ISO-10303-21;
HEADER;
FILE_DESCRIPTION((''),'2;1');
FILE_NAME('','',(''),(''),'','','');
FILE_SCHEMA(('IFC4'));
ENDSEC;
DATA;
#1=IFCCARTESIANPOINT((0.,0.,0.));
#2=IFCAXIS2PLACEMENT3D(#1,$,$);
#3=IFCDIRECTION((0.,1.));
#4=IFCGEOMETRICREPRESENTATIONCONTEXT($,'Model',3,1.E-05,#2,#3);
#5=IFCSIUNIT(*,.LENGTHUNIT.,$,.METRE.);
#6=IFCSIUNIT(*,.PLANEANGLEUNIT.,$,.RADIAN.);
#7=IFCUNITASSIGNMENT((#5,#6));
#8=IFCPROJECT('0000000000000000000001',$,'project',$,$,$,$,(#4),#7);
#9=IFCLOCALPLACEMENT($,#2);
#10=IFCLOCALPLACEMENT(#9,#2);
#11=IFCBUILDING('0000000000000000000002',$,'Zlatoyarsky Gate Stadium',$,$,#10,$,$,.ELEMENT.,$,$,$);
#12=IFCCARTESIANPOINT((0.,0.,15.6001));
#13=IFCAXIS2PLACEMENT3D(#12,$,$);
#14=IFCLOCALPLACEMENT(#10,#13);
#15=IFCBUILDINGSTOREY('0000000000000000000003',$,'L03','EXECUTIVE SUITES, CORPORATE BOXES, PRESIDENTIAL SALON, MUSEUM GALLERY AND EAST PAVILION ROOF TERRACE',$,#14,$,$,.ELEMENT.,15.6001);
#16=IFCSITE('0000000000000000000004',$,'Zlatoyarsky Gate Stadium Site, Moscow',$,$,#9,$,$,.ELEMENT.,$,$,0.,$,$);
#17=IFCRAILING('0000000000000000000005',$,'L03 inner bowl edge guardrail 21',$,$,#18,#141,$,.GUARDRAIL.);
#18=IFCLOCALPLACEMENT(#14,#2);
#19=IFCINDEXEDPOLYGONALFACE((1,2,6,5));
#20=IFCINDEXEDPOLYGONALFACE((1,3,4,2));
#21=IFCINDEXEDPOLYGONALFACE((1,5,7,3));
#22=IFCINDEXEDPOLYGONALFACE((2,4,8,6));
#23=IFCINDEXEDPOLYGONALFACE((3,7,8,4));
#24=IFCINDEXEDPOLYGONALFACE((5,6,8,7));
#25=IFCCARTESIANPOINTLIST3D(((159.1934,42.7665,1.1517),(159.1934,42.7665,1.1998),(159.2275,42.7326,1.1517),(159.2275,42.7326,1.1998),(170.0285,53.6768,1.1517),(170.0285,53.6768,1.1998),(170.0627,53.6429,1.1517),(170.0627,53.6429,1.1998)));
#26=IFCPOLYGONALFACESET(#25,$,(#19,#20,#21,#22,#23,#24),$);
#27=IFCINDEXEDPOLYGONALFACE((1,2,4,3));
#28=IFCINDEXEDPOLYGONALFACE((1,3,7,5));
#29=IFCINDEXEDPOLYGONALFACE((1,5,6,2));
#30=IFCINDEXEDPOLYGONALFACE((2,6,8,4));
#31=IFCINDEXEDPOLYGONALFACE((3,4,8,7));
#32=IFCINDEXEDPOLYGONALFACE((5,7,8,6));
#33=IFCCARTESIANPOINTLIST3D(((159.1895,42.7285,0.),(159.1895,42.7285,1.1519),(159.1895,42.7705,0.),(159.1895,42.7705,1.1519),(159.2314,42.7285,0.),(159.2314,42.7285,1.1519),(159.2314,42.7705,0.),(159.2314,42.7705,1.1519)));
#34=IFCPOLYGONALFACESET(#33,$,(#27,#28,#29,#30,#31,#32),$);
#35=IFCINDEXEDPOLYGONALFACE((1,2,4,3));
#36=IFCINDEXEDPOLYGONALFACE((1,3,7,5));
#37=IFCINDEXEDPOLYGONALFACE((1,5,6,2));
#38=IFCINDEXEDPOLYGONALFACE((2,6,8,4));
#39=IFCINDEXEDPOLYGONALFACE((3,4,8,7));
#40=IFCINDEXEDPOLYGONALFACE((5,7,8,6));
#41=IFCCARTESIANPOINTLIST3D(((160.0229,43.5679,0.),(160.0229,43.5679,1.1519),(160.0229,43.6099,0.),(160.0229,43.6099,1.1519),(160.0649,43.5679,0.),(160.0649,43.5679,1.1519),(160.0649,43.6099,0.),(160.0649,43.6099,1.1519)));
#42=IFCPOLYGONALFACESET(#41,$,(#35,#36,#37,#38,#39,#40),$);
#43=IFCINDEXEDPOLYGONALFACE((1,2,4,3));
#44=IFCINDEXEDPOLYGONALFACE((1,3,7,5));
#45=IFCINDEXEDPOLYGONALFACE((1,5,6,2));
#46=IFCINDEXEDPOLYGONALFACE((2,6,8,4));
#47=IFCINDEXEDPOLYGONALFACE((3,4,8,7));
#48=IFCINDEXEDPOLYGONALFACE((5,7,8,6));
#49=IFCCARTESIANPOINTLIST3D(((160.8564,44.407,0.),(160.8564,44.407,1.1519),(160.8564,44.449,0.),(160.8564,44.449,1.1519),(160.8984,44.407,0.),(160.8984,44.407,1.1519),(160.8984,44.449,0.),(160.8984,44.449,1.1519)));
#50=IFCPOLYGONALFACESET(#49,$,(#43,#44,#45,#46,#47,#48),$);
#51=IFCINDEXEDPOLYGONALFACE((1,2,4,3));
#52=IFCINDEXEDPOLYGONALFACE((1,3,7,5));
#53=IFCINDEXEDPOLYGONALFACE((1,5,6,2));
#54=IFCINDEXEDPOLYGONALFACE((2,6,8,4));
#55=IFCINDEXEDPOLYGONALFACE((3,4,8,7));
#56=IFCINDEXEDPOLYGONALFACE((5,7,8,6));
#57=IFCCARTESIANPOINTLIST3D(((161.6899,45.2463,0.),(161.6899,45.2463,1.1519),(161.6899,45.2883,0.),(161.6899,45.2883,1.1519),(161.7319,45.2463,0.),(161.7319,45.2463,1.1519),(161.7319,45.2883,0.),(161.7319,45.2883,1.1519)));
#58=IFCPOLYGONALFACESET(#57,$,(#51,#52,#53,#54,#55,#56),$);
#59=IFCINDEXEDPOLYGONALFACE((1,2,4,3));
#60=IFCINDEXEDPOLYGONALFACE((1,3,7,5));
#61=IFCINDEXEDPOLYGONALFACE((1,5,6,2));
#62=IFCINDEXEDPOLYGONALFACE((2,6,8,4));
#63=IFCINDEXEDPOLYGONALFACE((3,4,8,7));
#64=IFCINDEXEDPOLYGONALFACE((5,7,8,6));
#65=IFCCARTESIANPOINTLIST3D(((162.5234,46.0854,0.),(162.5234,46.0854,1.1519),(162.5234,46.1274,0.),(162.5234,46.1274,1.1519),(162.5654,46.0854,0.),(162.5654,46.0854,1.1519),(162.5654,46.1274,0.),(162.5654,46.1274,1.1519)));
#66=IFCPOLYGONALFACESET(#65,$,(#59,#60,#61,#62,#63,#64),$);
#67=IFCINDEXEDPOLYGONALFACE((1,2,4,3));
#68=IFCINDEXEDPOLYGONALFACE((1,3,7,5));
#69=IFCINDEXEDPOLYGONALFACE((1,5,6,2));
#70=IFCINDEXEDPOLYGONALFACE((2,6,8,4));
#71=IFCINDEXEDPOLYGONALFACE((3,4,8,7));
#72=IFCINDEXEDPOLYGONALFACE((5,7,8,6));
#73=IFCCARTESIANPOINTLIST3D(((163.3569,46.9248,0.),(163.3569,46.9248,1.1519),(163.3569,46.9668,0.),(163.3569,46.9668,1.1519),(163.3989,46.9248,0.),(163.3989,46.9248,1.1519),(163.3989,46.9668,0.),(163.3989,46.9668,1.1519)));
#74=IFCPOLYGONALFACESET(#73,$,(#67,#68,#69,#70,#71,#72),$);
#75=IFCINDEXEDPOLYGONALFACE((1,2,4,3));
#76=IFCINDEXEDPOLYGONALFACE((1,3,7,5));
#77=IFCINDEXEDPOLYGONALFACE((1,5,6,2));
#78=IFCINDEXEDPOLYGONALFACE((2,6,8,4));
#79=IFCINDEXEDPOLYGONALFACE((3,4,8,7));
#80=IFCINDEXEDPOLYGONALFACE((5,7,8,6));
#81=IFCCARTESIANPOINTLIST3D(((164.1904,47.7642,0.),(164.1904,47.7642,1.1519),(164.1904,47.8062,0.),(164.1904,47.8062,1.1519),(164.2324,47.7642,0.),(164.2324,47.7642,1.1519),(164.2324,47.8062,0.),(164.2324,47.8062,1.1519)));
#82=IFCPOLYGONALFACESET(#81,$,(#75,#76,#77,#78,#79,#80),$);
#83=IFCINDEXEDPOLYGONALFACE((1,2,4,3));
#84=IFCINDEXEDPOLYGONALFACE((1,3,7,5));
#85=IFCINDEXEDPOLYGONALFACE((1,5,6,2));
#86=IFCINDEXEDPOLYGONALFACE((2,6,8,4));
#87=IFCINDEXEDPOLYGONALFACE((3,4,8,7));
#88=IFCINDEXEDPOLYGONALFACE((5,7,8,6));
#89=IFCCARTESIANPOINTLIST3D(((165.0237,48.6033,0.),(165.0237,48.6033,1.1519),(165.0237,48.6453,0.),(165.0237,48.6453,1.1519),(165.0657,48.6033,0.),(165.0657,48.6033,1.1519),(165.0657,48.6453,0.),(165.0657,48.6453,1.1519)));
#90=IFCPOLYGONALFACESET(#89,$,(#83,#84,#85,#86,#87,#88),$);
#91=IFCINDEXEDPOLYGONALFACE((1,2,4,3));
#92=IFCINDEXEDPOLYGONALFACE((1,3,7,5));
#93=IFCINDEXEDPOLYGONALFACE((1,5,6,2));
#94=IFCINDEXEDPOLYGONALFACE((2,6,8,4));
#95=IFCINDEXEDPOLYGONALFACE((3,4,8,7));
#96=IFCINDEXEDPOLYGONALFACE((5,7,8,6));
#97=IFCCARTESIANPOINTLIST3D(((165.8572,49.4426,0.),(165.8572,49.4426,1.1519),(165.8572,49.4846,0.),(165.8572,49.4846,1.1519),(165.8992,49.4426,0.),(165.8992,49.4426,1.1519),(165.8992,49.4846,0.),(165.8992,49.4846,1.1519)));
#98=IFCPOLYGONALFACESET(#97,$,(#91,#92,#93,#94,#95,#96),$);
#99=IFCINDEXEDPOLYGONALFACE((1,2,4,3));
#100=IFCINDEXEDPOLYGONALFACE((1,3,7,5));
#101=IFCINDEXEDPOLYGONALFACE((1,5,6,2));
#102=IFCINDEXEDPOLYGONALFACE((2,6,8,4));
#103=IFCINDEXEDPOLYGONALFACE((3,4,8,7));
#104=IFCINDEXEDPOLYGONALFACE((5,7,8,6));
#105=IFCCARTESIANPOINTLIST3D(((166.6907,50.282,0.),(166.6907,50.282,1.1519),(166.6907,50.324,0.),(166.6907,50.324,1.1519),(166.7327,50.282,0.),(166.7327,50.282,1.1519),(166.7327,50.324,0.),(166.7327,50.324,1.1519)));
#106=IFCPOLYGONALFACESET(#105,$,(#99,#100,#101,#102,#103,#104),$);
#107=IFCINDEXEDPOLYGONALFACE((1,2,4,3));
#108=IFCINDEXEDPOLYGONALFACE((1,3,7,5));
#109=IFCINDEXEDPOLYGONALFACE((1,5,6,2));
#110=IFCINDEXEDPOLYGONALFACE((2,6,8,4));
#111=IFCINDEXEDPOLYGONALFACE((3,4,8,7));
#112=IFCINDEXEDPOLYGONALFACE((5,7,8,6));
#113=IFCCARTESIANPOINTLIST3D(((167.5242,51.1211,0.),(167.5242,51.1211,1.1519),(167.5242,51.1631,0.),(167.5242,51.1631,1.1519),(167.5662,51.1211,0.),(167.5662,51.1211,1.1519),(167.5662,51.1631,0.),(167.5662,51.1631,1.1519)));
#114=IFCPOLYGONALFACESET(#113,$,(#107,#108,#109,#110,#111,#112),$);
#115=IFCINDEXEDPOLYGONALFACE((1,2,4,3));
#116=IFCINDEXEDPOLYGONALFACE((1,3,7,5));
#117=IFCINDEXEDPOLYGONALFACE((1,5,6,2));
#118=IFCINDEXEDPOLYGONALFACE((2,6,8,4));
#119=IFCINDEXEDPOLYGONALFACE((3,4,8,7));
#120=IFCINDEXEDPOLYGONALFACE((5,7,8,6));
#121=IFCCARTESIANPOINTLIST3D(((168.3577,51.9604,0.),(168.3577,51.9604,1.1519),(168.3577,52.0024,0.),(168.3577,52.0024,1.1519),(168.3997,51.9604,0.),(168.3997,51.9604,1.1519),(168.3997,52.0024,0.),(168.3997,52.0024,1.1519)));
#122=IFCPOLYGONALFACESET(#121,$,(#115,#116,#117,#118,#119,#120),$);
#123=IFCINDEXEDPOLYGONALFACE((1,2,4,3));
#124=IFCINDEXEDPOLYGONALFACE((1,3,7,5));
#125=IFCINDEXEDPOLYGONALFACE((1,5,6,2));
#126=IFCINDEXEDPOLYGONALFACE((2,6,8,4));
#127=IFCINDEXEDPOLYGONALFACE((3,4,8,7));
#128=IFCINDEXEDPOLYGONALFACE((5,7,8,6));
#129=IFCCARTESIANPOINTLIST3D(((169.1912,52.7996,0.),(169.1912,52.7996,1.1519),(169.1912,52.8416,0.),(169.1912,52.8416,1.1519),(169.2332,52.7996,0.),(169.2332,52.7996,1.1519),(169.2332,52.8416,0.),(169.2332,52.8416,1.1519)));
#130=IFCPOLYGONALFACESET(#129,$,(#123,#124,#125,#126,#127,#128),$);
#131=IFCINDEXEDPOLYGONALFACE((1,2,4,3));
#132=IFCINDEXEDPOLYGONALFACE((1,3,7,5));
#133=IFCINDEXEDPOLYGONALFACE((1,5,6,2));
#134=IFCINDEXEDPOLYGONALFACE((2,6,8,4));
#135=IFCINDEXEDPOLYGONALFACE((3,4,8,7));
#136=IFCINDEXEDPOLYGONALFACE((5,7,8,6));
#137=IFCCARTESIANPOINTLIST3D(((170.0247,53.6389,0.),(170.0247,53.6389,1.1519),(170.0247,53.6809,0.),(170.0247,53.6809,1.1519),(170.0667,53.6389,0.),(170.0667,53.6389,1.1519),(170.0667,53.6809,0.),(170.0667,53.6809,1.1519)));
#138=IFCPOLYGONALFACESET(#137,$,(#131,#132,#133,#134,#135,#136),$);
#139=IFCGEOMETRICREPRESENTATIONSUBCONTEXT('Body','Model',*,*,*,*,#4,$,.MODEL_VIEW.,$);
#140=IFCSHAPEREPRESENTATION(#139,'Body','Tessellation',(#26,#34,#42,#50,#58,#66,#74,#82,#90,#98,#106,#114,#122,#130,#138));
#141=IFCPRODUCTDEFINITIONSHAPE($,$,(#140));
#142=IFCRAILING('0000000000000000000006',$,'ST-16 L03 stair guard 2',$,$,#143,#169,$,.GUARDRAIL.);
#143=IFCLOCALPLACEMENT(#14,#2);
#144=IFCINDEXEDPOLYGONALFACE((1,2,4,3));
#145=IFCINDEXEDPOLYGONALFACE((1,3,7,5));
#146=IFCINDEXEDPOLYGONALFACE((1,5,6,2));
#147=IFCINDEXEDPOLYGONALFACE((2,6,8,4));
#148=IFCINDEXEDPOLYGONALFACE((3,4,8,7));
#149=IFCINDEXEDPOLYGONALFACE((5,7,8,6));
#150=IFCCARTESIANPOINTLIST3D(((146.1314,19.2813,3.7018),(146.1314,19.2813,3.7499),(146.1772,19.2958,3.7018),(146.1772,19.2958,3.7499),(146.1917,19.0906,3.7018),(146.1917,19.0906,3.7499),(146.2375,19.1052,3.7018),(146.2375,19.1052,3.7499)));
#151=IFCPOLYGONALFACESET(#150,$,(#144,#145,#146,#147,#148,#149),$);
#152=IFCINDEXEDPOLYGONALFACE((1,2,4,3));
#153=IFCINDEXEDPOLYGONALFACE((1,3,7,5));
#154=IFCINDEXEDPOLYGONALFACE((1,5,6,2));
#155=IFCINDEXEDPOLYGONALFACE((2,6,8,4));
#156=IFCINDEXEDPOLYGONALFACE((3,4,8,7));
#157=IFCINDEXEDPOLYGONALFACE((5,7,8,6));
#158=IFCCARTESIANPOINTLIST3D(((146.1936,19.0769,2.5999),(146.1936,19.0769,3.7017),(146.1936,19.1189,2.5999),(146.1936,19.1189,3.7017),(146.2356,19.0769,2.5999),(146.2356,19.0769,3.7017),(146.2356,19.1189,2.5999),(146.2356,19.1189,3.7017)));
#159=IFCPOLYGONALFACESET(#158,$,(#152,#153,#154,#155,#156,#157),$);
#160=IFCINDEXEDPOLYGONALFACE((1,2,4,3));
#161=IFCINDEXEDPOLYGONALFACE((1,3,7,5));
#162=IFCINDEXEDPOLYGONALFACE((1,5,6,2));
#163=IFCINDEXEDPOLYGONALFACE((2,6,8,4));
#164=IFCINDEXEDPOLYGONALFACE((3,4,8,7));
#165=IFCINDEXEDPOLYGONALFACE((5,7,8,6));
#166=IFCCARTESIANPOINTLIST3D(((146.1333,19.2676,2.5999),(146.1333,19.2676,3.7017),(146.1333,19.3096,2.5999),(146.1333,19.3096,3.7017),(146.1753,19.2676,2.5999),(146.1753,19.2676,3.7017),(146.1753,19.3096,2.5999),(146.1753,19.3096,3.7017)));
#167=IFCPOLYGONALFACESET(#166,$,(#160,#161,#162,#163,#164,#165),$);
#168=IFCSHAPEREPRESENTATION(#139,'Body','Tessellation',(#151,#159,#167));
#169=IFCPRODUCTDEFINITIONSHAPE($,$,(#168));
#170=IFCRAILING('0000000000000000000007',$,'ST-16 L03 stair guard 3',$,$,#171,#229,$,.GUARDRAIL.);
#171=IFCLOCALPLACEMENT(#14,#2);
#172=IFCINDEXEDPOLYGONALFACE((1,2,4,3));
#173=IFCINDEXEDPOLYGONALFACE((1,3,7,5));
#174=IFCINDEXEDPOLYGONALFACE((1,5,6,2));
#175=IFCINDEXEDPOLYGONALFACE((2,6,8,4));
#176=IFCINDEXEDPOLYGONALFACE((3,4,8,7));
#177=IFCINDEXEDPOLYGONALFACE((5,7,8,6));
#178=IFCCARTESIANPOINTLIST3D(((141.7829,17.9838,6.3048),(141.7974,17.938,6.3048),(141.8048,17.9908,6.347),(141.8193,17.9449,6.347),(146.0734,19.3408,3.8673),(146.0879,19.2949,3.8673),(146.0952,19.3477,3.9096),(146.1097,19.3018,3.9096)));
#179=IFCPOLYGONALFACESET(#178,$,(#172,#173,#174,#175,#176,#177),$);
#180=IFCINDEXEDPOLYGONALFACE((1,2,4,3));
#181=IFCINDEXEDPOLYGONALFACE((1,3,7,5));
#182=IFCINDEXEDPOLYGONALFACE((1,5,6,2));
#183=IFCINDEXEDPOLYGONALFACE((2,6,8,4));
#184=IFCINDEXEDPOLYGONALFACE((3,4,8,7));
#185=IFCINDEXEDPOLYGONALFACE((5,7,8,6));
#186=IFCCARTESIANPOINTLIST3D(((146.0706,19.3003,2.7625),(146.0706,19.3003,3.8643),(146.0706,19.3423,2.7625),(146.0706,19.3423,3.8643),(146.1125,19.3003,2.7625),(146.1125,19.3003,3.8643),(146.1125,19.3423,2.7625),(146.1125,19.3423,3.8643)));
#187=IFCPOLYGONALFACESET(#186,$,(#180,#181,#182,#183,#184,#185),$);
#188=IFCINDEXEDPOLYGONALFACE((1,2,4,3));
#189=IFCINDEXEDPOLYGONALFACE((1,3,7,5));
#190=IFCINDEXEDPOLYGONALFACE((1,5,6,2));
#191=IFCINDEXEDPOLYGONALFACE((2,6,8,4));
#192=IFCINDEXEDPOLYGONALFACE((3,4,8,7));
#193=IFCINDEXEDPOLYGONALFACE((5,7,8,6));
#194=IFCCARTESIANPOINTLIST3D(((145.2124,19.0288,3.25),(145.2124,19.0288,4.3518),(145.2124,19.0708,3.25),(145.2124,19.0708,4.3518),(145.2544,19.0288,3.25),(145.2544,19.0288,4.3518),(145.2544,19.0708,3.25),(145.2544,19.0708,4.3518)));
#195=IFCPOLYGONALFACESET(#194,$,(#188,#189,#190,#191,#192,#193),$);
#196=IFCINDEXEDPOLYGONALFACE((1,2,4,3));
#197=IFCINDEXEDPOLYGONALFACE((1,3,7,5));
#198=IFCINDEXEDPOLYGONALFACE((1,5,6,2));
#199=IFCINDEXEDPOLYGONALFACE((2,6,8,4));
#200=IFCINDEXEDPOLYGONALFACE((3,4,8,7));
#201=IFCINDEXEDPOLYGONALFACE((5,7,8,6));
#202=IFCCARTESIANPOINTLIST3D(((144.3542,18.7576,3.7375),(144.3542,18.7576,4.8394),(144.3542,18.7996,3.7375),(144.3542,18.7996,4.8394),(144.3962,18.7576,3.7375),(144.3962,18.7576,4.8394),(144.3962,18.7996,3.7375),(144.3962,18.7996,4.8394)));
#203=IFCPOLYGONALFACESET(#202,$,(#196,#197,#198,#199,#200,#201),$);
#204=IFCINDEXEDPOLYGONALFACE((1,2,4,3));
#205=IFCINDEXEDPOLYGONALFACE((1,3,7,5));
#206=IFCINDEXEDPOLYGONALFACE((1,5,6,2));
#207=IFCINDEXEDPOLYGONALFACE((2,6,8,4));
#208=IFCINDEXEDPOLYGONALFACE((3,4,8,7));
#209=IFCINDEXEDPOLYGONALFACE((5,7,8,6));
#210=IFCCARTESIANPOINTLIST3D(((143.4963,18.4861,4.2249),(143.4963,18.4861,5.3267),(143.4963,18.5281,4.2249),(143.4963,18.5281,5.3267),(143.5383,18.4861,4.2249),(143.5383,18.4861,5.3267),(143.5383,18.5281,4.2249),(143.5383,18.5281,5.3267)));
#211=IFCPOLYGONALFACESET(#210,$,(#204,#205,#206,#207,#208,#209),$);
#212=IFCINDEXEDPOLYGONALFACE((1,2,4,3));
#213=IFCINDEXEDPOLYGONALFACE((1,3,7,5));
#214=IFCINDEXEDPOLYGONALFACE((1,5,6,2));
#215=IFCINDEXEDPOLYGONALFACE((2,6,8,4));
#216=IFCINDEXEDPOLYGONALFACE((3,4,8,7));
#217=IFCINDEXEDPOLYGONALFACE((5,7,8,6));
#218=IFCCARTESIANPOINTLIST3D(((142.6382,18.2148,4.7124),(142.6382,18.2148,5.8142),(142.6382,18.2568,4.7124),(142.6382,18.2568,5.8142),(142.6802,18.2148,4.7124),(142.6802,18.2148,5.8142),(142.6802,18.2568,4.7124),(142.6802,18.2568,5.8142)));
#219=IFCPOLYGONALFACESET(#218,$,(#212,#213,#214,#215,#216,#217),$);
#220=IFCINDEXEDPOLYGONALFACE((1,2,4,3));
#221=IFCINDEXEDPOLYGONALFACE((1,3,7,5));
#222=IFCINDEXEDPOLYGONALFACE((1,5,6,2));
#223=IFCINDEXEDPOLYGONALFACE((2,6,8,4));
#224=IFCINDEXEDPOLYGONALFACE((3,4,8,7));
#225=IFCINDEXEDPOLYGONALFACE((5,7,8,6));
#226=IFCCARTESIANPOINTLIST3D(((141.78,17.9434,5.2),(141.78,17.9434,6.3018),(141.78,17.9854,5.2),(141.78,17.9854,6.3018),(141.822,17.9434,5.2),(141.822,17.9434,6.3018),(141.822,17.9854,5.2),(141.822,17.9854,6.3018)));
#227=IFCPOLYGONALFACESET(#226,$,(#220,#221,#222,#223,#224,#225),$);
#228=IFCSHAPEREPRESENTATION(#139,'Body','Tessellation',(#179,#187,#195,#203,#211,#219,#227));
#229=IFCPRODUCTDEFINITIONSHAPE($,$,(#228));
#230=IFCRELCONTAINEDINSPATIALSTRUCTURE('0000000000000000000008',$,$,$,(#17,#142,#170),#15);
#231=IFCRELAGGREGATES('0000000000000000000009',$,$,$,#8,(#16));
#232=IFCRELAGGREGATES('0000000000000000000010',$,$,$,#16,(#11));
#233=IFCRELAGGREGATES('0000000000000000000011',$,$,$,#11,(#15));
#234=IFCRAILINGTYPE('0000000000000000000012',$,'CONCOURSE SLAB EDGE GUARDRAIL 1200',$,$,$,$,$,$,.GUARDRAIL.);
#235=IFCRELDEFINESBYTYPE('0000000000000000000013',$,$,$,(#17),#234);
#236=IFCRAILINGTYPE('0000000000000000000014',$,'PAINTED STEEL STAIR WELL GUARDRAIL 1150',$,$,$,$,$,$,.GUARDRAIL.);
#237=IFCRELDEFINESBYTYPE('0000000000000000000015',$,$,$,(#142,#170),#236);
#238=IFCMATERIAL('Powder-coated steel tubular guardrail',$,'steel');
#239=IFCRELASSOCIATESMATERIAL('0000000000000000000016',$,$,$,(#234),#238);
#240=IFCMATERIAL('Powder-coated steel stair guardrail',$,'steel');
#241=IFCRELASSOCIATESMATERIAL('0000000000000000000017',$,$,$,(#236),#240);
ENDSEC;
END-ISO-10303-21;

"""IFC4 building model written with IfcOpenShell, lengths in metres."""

from ifc_helpers import new_model, si_unit, direction, frame, origin, origin_2d, place, context, subcontext, project, spatial, rectangle, extrude, material, type_object, element, save


model = new_model("IFC4")

# Units and contexts
model_context = context("Model", 3, precision=1e-05, world=origin(), true_north=direction((0.0, 1.0)))
body_context = subcontext(model_context, "Body", "Model", "MODEL_VIEW")
ifc_project = project(units=[si_unit("LENGTHUNIT", "METRE"), si_unit("PLANEANGLEUNIT", "RADIAN")], contexts=[model_context])

# Site, building, storey
site_placement = place(None, origin())
site = spatial("IfcSite", under=ifc_project, at=site_placement, Name="Zlatoyarsky Gate Stadium Site, Moscow", CompositionType="ELEMENT", RefElevation=0.0)
building_placement = place(site_placement, origin())
building = spatial("IfcBuilding", under=site, at=building_placement, Name="Zlatoyarsky Gate Stadium", CompositionType="ELEMENT")
storey_placement = place(building_placement, frame((0.0, 0.0, 15.6001)))
storey = spatial("IfcBuildingStorey", under=building, at=storey_placement, Name="L03", Description="EXECUTIVE SUITES, CORPORATE BOXES, PRESIDENTIAL SALON, MUSEUM GALLERY AND EAST PAVILION ROOF TERRACE", CompositionType="ELEMENT", Elevation=15.6001)

# Railings
ifc_material_1 = material(Name="Powder-coated steel tubular guardrail", Category="steel")
railing_type_1 = type_object("IfcRailingType", Name="CONCOURSE SLAB EDGE GUARDRAIL 1200", PredefinedType="GUARDRAIL", material=ifc_material_1)
railing_1_placement = place(storey_placement, frame((159.2104, 42.7495, 0.0)))
element("IfcRailing", 1, at=railing_1_placement, inside=storey, type_object=railing_type_1, Name="L03 inner bowl edge guardrail 21", PredefinedType="GUARDRAIL", context=body_context, shape_type="SweptSolid", body=[
    extrude(rectangle(XDim=0.0481, YDim=0.0481, at=origin_2d()), frame((0.0, 0.0, 1.1758), z_axis=(0.704657, 0.709548, 0.0), x_axis=(-0.709548, 0.704657, 0.0)), (0.0, 0.0, 1.0), 15.3765),
    extrude(rectangle(XDim=0.042, YDim=0.042, at=origin_2d()), origin(), (0.0, 0.0, 1.0), 1.1519),
    extrude(rectangle(XDim=0.042, YDim=0.042, at=origin_2d()), frame((0.8335, 0.8394, 0.0)), (0.0, 0.0, 1.0), 1.1519),
    extrude(rectangle(XDim=0.042, YDim=0.042, at=origin_2d()), frame((1.667, 1.6785, 0.0)), (0.0, 0.0, 1.0), 1.1519),
    extrude(rectangle(XDim=0.042, YDim=0.042, at=origin_2d()), frame((2.5005, 2.5178, 0.0)), (0.0, 0.0, 1.0), 1.1519),
    extrude(rectangle(XDim=0.042, YDim=0.042, at=origin_2d()), frame((3.334, 3.3569, 0.0)), (0.0, 0.0, 1.0), 1.1519),
    extrude(rectangle(XDim=0.042, YDim=0.042, at=origin_2d()), frame((4.1675, 4.1963, 0.0)), (0.0, 0.0, 1.0), 1.1519),
    extrude(rectangle(XDim=0.042, YDim=0.042, at=origin_2d()), frame((5.001, 5.0356, 0.0)), (0.0, 0.0, 1.0), 1.1519),
    extrude(rectangle(XDim=0.042, YDim=0.042, at=origin_2d()), frame((5.8342, 5.8748, 0.0)), (0.0, 0.0, 1.0), 1.1519),
    extrude(rectangle(XDim=0.042, YDim=0.042, at=origin_2d()), frame((6.6677, 6.7141, 0.0)), (0.0, 0.0, 1.0), 1.1519),
    extrude(rectangle(XDim=0.042, YDim=0.042, at=origin_2d()), frame((7.5012, 7.5535, 0.0)), (0.0, 0.0, 1.0), 1.1519),
    extrude(rectangle(XDim=0.042, YDim=0.042, at=origin_2d()), frame((8.3347, 8.3926, 0.0)), (0.0, 0.0, 1.0), 1.1519),
    extrude(rectangle(XDim=0.042, YDim=0.042, at=origin_2d()), frame((9.1682, 9.2319, 0.0)), (0.0, 0.0, 1.0), 1.1519),
    extrude(rectangle(XDim=0.042, YDim=0.042, at=origin_2d()), frame((10.0017, 10.071, 0.0)), (0.0, 0.0, 1.0), 1.1519),
    extrude(rectangle(XDim=0.042, YDim=0.042, at=origin_2d()), frame((10.8352, 10.9104, 0.0)), (0.0, 0.0, 1.0), 1.1519),
])
ifc_material_2 = material(Name="Powder-coated steel stair guardrail", Category="steel")
railing_type_2 = type_object("IfcRailingType", Name="PAINTED STEEL STAIR WELL GUARDRAIL 1150", PredefinedType="GUARDRAIL", material=ifc_material_2)
railing_2_placement = place(storey_placement, frame((146.2146, 19.0979, 2.5999)))
element("IfcRailing", 2, at=railing_2_placement, inside=storey, type_object=railing_type_2, Name="ST-16 L03 stair guard 2", PredefinedType="GUARDRAIL", context=body_context, shape_type="SweptSolid", body=[
    extrude(rectangle(XDim=0.0481, YDim=0.0481, at=origin_2d()), frame((0.0, 0.0, 1.126), z_axis=(-0.30154, 0.953453, 0.0), x_axis=(-0.953453, -0.30154, 0.0)), (0.0, 0.0, 1.0), 0.2),
    extrude(rectangle(XDim=0.042, YDim=0.042, at=origin_2d()), origin(), (0.0, 0.0, 1.0), 1.1018),
    extrude(rectangle(XDim=0.042, YDim=0.042, at=origin_2d()), frame((-0.0603, 0.1907, 0.0)), (0.0, 0.0, 1.0), 1.1018),
])
railing_3_placement = place(storey_placement, frame((146.0916, 19.3213, 2.7625)))
element("IfcRailing", 3, at=railing_3_placement, inside=storey, type_object=railing_type_2, Name="ST-16 L03 stair guard 3", PredefinedType="GUARDRAIL", context=body_context, shape_type="SweptSolid", body=[
    extrude(rectangle(XDim=0.0481, YDim=0.0481, at=origin_2d()), frame((0.0, 0.0, 1.126), z_axis=(-0.838363, -0.265143, 0.476284), x_axis=(0.301542, -0.953453, 0.0)), (0.0, 0.0, 1.0), 5.1177),
    extrude(rectangle(XDim=0.042, YDim=0.042, at=origin_2d()), origin(), (0.0, 0.0, 1.0), 1.1018),
    extrude(rectangle(XDim=0.042, YDim=0.042, at=origin_2d()), frame((-0.8582, -0.2715, 0.4875)), (0.0, 0.0, 1.0), 1.1018),
    extrude(rectangle(XDim=0.042, YDim=0.042, at=origin_2d()), frame((-1.7163, -0.5427, 0.9751)), (0.0, 0.0, 1.0), 1.1018),
    extrude(rectangle(XDim=0.042, YDim=0.042, at=origin_2d()), frame((-2.5742, -0.8142, 1.4624)), (0.0, 0.0, 1.0), 1.1018),
    extrude(rectangle(XDim=0.042, YDim=0.042, at=origin_2d()), frame((-3.4324, -1.0854, 1.95)), (0.0, 0.0, 1.0), 1.1018),
    extrude(rectangle(XDim=0.042, YDim=0.042, at=origin_2d()), frame((-4.2905, -1.3569, 2.4375)), (0.0, 0.0, 1.0), 1.1018),
])

save(model, "model.ifc")
